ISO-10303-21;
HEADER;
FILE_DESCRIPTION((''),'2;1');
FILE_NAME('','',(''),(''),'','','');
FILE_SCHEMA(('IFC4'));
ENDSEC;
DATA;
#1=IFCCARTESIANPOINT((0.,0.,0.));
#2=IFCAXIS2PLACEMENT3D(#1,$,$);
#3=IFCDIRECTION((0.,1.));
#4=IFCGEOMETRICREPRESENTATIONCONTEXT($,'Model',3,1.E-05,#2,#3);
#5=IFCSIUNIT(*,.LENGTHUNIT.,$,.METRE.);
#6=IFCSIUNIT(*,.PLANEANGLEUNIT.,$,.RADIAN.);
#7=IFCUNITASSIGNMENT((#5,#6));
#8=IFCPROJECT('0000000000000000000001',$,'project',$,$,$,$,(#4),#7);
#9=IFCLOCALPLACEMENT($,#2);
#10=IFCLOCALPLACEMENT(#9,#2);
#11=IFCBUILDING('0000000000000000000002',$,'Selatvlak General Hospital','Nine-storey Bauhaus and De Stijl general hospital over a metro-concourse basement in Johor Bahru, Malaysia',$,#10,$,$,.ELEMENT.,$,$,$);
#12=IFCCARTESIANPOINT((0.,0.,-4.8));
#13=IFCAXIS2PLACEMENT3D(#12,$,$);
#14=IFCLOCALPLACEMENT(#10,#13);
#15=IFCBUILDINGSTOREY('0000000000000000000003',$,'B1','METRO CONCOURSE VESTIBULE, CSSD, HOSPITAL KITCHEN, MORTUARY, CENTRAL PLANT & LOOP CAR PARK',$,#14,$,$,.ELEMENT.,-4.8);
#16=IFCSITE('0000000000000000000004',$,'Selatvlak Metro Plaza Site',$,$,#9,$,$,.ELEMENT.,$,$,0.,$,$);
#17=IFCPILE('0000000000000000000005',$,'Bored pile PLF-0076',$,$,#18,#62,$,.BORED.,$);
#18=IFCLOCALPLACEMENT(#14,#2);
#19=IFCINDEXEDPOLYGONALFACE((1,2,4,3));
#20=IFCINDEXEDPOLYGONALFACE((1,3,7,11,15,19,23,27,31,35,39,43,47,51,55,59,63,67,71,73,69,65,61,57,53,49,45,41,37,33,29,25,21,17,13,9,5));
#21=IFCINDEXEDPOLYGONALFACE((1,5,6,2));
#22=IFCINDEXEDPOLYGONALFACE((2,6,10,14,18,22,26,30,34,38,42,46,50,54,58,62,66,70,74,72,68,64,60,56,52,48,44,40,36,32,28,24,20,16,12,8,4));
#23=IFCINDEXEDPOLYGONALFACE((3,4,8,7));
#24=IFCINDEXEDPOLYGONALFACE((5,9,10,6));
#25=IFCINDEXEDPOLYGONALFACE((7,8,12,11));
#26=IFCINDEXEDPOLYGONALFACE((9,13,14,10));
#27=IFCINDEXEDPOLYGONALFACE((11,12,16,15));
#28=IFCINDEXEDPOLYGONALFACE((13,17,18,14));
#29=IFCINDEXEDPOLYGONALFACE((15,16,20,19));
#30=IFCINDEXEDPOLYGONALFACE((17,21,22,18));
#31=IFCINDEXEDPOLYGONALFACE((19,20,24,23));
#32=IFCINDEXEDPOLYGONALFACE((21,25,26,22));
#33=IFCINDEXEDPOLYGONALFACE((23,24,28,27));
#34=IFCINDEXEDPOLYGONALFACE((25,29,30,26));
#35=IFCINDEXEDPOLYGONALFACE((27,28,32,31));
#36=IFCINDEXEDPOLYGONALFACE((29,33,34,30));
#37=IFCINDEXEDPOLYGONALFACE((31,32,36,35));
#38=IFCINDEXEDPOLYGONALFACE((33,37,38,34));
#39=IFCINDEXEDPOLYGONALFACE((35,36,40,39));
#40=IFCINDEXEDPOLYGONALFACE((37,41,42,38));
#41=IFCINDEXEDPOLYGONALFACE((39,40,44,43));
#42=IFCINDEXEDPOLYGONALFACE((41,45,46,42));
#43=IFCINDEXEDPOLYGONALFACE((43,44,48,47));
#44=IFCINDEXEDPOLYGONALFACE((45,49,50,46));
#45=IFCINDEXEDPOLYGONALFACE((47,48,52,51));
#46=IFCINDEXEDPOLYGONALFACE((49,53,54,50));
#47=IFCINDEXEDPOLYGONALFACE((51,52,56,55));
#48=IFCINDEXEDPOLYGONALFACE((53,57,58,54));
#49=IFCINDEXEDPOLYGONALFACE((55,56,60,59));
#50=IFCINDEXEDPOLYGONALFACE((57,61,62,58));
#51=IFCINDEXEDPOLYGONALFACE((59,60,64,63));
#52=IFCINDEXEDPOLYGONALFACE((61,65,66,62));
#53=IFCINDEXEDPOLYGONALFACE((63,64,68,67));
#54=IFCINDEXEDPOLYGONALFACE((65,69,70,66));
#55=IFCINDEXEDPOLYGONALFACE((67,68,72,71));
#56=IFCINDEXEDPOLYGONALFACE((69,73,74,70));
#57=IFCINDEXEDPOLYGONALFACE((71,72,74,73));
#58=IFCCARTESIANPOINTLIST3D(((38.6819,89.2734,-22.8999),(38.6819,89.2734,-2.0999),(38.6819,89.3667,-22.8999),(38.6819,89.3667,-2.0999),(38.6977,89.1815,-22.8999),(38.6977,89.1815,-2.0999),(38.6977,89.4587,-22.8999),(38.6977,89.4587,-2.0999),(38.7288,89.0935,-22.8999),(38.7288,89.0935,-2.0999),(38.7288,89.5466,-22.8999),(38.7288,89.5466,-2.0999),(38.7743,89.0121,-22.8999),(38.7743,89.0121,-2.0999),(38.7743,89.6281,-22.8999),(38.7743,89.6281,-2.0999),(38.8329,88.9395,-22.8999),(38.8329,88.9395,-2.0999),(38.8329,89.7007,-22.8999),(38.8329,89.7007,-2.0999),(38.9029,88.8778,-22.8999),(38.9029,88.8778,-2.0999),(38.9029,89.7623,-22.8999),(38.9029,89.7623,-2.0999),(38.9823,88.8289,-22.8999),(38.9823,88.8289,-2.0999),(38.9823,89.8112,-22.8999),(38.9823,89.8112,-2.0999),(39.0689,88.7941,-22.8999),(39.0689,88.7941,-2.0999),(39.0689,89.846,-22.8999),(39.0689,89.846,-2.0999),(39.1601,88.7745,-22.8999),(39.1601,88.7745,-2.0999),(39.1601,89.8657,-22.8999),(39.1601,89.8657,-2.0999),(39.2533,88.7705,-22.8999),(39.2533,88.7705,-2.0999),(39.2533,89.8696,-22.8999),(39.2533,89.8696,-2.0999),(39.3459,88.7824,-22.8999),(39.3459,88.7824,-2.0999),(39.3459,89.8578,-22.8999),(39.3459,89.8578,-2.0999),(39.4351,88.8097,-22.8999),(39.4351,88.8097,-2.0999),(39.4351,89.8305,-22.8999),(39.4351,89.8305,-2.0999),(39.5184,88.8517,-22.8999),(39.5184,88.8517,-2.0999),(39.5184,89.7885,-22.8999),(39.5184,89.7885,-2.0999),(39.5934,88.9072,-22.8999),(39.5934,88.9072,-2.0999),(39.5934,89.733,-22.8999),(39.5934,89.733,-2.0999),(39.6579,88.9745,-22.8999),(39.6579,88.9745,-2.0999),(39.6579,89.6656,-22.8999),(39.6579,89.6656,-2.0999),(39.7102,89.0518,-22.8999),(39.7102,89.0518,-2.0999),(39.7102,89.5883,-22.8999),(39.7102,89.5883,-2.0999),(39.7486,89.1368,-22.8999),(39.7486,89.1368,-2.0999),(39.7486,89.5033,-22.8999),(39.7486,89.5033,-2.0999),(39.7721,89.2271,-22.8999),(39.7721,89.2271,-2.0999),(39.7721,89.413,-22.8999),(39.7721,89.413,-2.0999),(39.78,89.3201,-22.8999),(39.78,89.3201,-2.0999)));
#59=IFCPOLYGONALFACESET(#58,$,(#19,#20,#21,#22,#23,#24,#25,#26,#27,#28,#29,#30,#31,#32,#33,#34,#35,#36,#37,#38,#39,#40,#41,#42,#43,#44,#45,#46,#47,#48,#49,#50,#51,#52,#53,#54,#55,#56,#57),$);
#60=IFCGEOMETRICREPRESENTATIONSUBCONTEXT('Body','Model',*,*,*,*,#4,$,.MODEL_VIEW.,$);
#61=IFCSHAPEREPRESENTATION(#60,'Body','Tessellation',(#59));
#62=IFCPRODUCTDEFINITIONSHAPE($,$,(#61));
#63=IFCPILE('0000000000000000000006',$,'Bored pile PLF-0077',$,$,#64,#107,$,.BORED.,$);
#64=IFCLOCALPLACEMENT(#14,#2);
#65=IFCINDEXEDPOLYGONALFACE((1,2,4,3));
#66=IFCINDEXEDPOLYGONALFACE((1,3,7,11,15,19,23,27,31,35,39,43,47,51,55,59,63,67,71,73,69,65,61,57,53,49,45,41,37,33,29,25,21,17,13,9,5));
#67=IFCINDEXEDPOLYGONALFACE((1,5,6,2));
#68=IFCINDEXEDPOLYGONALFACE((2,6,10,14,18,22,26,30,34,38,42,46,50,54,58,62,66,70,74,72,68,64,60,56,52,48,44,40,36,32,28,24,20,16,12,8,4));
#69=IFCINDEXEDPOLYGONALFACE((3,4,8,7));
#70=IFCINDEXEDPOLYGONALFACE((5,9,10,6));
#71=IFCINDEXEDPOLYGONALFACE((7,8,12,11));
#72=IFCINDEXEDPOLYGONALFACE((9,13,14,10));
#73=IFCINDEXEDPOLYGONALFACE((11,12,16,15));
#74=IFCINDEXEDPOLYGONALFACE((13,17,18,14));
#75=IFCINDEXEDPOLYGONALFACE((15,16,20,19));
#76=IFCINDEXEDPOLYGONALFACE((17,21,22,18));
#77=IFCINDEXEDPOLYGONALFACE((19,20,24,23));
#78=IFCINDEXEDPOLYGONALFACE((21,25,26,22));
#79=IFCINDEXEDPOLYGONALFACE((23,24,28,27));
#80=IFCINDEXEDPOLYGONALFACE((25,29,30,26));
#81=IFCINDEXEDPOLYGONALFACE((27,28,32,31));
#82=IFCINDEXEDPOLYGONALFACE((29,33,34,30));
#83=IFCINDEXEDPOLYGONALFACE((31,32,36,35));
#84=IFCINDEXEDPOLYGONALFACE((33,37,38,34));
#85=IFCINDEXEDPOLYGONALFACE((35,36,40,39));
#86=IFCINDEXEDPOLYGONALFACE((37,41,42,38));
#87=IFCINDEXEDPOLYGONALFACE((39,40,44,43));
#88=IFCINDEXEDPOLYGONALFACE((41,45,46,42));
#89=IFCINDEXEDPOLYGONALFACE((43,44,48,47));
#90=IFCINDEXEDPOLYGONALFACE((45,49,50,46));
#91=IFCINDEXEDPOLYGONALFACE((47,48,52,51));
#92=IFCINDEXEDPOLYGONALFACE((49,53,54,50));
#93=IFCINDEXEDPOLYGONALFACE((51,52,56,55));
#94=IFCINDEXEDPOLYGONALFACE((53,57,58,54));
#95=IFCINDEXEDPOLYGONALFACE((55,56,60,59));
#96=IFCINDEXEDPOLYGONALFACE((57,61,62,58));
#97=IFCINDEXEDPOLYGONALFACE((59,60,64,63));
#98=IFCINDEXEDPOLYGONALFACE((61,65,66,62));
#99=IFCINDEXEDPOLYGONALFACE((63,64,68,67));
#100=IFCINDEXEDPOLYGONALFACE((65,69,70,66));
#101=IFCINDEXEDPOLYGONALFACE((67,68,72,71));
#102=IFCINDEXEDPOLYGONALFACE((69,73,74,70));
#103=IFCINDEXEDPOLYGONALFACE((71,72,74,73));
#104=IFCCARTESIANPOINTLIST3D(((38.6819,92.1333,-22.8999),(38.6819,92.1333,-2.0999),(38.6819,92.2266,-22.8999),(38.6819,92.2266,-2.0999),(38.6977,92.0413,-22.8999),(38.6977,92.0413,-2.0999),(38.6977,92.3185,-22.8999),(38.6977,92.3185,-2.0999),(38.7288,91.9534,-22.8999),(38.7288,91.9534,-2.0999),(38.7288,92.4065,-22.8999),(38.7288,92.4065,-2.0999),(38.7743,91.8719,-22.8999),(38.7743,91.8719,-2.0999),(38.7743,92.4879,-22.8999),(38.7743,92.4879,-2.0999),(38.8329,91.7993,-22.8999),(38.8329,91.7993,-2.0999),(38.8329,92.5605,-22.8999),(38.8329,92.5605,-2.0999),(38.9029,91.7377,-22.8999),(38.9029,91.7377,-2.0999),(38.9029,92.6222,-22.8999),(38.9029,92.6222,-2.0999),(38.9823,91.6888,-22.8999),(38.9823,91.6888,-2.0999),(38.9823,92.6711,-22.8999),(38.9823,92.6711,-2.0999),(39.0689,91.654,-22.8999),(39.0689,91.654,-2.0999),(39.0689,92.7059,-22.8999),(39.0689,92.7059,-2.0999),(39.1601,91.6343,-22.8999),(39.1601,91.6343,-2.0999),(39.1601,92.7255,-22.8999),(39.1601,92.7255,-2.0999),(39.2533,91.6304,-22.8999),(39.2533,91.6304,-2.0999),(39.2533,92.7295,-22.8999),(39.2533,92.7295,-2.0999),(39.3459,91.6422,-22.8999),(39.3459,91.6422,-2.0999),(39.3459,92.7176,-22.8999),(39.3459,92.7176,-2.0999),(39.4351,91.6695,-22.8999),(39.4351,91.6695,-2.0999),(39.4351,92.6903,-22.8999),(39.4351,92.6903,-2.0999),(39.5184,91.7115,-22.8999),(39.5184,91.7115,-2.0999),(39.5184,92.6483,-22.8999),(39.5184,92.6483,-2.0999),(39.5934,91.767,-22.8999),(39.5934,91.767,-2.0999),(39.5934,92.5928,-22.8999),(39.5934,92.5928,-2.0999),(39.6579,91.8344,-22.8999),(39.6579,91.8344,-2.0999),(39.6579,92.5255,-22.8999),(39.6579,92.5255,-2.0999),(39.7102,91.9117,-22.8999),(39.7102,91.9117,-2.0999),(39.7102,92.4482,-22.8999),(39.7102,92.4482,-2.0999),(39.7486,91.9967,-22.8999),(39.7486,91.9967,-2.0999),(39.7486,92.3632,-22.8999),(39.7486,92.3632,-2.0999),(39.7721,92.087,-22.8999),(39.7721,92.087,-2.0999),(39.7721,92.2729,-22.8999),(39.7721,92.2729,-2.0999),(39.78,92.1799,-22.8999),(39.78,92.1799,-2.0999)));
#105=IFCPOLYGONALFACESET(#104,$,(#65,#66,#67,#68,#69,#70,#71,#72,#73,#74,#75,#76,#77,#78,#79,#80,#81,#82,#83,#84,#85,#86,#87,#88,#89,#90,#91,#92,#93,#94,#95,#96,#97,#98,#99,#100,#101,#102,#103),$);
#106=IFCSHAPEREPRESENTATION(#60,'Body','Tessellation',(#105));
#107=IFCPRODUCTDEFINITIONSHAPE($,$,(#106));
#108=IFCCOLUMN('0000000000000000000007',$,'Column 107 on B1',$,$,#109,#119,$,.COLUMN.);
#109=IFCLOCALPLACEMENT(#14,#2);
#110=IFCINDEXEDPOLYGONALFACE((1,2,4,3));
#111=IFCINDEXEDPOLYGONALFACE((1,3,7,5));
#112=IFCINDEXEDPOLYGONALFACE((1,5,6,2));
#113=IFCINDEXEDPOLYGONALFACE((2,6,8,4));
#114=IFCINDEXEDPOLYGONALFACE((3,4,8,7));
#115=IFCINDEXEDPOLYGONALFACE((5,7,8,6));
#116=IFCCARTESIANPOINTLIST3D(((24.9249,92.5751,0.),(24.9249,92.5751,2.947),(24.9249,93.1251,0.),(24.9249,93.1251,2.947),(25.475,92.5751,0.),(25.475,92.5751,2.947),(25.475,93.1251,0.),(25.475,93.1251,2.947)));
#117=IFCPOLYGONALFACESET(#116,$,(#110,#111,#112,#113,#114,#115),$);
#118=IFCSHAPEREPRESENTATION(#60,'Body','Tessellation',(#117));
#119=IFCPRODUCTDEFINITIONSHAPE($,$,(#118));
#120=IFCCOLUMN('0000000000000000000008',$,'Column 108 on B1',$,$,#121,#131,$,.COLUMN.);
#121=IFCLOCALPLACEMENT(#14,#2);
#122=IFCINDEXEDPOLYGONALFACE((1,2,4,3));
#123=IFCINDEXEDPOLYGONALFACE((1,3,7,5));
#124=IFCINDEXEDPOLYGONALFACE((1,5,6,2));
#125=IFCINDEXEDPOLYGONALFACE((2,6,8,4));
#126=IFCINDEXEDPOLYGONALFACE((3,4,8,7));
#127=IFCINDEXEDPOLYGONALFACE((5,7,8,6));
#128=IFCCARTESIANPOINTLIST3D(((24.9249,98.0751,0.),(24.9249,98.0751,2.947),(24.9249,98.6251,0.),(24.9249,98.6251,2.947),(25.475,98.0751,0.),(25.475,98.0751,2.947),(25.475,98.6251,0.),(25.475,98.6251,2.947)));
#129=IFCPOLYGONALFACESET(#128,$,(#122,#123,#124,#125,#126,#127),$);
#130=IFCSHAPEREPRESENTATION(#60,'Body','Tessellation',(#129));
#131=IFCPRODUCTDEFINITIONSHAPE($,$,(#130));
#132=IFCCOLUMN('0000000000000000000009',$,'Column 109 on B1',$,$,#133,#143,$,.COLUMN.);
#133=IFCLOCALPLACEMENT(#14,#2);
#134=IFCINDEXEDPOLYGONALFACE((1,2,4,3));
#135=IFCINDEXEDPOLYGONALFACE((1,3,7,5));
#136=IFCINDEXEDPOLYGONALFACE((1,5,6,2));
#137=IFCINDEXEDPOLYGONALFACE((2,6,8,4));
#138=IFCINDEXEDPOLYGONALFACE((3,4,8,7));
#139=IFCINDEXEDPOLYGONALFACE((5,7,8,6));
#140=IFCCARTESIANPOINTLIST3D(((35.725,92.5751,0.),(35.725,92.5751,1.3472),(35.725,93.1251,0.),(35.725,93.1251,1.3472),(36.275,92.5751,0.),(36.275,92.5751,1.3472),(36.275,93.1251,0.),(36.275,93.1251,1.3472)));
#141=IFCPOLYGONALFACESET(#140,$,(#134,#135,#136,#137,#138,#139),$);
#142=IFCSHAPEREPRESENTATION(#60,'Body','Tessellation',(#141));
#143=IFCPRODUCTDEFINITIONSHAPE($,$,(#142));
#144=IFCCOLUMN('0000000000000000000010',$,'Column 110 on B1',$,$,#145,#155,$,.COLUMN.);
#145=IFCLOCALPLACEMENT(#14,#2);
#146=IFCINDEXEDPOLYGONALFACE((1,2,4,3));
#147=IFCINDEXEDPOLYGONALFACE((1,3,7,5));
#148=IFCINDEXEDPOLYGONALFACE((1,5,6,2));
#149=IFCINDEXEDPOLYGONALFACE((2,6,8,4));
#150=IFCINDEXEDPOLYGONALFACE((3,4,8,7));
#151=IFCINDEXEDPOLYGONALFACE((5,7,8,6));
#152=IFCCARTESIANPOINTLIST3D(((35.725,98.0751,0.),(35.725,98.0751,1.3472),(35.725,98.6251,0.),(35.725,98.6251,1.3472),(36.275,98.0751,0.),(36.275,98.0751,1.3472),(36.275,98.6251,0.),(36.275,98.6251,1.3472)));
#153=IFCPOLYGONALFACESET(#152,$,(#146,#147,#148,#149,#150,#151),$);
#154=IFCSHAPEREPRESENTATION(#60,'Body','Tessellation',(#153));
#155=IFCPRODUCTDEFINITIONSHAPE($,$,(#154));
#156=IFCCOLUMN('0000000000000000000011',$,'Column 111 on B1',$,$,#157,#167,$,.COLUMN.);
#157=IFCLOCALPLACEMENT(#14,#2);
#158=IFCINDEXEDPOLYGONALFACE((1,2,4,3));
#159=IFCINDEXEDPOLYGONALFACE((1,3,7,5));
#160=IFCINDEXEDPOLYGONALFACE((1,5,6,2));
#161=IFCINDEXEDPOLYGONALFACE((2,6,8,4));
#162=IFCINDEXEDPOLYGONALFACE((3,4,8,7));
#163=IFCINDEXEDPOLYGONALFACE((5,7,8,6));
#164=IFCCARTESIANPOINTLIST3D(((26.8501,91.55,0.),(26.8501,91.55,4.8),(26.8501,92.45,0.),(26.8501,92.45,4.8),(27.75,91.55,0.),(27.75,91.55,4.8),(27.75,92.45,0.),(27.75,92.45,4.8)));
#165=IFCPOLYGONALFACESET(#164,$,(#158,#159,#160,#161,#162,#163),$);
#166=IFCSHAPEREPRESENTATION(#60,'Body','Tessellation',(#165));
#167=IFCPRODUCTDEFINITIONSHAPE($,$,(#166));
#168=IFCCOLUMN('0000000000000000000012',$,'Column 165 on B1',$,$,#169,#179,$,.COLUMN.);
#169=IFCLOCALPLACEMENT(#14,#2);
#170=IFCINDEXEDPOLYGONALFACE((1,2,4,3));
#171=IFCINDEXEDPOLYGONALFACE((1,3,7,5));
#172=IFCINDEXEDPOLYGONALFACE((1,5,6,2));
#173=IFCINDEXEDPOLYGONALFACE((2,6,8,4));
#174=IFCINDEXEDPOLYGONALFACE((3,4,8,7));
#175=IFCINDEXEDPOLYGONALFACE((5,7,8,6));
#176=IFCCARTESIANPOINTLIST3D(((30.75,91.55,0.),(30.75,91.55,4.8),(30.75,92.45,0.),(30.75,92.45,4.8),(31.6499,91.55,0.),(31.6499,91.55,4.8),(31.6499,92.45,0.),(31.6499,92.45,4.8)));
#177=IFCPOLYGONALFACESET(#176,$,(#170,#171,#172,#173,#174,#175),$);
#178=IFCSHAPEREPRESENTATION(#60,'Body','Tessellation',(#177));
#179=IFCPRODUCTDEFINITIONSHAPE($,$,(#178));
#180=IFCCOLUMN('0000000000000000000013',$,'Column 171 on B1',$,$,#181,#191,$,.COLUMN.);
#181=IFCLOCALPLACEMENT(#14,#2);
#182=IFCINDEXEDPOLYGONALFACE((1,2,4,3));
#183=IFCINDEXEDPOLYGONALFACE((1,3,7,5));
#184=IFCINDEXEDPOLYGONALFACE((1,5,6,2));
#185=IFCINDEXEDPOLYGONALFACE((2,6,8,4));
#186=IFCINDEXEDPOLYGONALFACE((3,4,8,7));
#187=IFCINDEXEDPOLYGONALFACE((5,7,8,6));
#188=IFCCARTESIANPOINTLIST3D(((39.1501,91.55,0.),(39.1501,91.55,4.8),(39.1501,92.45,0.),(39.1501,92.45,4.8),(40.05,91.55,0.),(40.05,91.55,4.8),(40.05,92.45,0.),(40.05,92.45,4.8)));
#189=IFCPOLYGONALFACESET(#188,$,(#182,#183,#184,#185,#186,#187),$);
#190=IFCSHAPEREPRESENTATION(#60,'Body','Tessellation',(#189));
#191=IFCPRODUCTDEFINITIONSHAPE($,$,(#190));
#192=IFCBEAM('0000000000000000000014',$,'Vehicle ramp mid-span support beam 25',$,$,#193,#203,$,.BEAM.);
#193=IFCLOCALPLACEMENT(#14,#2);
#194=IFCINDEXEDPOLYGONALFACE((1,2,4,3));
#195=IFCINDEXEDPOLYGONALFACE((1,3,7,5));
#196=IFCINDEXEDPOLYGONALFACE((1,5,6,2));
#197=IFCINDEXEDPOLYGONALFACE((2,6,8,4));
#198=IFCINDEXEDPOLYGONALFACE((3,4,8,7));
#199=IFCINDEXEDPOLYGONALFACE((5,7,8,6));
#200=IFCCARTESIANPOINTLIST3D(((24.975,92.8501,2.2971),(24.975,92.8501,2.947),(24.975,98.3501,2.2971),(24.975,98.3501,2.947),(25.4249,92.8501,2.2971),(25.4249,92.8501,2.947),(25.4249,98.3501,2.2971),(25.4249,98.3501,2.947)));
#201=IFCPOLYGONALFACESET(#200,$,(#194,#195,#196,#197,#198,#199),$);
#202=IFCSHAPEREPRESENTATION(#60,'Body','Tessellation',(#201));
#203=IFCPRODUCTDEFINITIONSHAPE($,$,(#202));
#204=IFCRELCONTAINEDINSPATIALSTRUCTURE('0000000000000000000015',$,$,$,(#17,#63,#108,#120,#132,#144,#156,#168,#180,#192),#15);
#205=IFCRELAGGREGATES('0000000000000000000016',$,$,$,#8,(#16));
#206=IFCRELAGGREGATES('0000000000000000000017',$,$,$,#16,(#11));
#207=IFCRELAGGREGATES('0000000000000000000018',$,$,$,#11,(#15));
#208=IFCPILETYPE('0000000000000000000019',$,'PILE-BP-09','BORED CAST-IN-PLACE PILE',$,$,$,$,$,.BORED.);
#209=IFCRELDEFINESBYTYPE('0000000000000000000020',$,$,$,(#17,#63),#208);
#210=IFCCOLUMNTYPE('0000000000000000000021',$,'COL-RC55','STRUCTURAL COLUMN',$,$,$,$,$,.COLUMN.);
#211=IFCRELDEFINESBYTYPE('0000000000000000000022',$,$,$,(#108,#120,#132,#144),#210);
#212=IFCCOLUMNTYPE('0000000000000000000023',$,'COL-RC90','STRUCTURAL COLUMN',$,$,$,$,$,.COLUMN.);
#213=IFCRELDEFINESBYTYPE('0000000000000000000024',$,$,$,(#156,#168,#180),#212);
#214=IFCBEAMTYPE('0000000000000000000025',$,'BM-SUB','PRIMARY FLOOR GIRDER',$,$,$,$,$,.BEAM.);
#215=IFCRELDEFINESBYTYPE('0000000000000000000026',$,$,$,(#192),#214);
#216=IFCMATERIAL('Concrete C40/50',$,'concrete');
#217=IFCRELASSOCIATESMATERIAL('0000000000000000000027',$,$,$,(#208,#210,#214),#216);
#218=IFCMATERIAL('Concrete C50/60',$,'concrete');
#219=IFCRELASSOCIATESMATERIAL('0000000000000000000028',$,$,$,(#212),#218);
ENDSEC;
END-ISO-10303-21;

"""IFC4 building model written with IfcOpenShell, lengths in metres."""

from ifc_helpers import new_model, si_unit, direction, frame, origin, origin_2d, place, context, subcontext, project, spatial, rectangle, circle, extrude, material, material_profile, profile_set, type_object, element, save


model = new_model("IFC4")

# Units and contexts
model_context = context("Model", 3, precision=1e-05, world=origin(), true_north=direction((0.0, 1.0)))
body_context = subcontext(model_context, "Body", "Model", "MODEL_VIEW")
ifc_project = project(units=[si_unit("LENGTHUNIT", "METRE"), si_unit("PLANEANGLEUNIT", "RADIAN")], contexts=[model_context])

# Site, building, storey
site_placement = place(None, origin())
site = spatial("IfcSite", under=ifc_project, at=site_placement, Name="Selatvlak Metro Plaza Site", CompositionType="ELEMENT", RefElevation=0.0)
building_placement = place(site_placement, origin())
building = spatial("IfcBuilding", under=site, at=building_placement, Name="Selatvlak General Hospital", Description="Nine-storey Bauhaus and De Stijl general hospital over a metro-concourse basement in Johor Bahru, Malaysia", CompositionType="ELEMENT")
storey_placement = place(building_placement, frame((0.0, 0.0, -4.8)))
storey = spatial("IfcBuildingStorey", under=building, at=storey_placement, Name="B1", Description="METRO CONCOURSE VESTIBULE, CSSD, HOSPITAL KITCHEN, MORTUARY, CENTRAL PLANT & LOOP CAR PARK", CompositionType="ELEMENT", Elevation=-4.8)

# Shared definitions
ifc_material_1 = material(Name="Concrete C40/50", Category="concrete")

# Piles
ifc_material_profile_1 = material_profile(ifc_material_1, circle(Radius=0.55, at=origin_2d()), Name="BORED PILE 1100")
ifc_profile_set_1 = profile_set([ifc_material_profile_1], Name="Concrete C40/50")
pile_type_1 = type_object("IfcPileType", Name="PILE-BP-09", Description="BORED CAST-IN-PLACE PILE", PredefinedType="BORED", material=ifc_profile_set_1)
for number, where, z_axis, x_axis, name in (
    (1, (39.23, 89.3201, -2.0999), (0.0, 0.0, -1.0), (1.0, 0.0, 0.0), "Bored pile PLF-0076"),
    (2, (39.23, 92.1799, -2.0999), (0.0, 0.0, -1.0), (1.0, 0.0, 0.0), "Bored pile PLF-0077"),
):
    element("IfcPile", number, at=place(storey_placement, frame(where, z_axis=z_axis, x_axis=x_axis)), inside=storey, type_object=pile_type_1, Name=name, PredefinedType="BORED", context=body_context, shape_type="SweptSolid", body=[
        extrude(circle(Radius=0.55, at=origin_2d()), origin(), (0.0, 0.0, 1.0), 20.8),
    ])

# Columns
ifc_material_profile_2 = material_profile(ifc_material_1, rectangle(XDim=0.55, YDim=0.55, at=origin_2d()), Name="RC-COL 550x550")
ifc_profile_set_2 = profile_set([ifc_material_profile_2], Name="Concrete C40/50")
column_type_1 = type_object("IfcColumnType", Name="COL-RC55", Description="STRUCTURAL COLUMN", PredefinedType="COLUMN", material=ifc_profile_set_2)
for number, where, z_axis, x_axis, name in (
    (3, (25.2, 92.8501, 0.0), (0.0, 0.0, 1.0), (1.0, 0.0, 0.0), "Column 107 on B1"),
    (4, (25.2, 98.3501, 0.0), (0.0, 0.0, 1.0), (1.0, 0.0, 0.0), "Column 108 on B1"),
):
    element("IfcColumn", number, at=place(storey_placement, frame(where, z_axis=z_axis, x_axis=x_axis)), inside=storey, type_object=column_type_1, Name=name, PredefinedType="COLUMN", context=body_context, shape_type="SweptSolid", body=[
        extrude(rectangle(XDim=0.55, YDim=0.55, at=origin_2d()), origin(), (0.0, 0.0, 1.0), 2.947),
    ])
for number, where, z_axis, x_axis, name in (
    (5, (36.0, 92.8501, 0.0), (0.0, 0.0, 1.0), (1.0, 0.0, 0.0), "Column 109 on B1"),
    (6, (36.0, 98.3501, 0.0), (0.0, 0.0, 1.0), (1.0, 0.0, 0.0), "Column 110 on B1"),
):
    element("IfcColumn", number, at=place(storey_placement, frame(where, z_axis=z_axis, x_axis=x_axis)), inside=storey, type_object=column_type_1, Name=name, PredefinedType="COLUMN", context=body_context, shape_type="SweptSolid", body=[
        extrude(rectangle(XDim=0.55, YDim=0.55, at=origin_2d()), origin(), (0.0, 0.0, 1.0), 1.3472),
    ])
ifc_material_2 = material(Name="Concrete C50/60", Category="concrete")
ifc_material_profile_3 = material_profile(ifc_material_2, rectangle(XDim=0.8999, YDim=0.8999, at=origin_2d()), Name="RC-COL 900x900")
ifc_profile_set_3 = profile_set([ifc_material_profile_3], Name="Concrete C50/60")
column_type_2 = type_object("IfcColumnType", Name="COL-RC90", Description="STRUCTURAL COLUMN", PredefinedType="COLUMN", material=ifc_profile_set_3)
for number, where, z_axis, x_axis, name in (
    (7, (27.3, 92.0, 0.0), (0.0, 0.0, 1.0), (1.0, 0.0, 0.0), "Column 111 on B1"),
    (8, (31.2, 92.0, 0.0), (0.0, 0.0, 1.0), (1.0, 0.0, 0.0), "Column 165 on B1"),
    (9, (39.6001, 92.0, 0.0), (0.0, 0.0, 1.0), (1.0, 0.0, 0.0), "Column 171 on B1"),
):
    element("IfcColumn", number, at=place(storey_placement, frame(where, z_axis=z_axis, x_axis=x_axis)), inside=storey, type_object=column_type_2, Name=name, PredefinedType="COLUMN", context=body_context, shape_type="SweptSolid", body=[
        extrude(rectangle(XDim=0.8999, YDim=0.8999, at=origin_2d()), origin(), (0.0, 0.0, 1.0), 4.8),
    ])

# Beam
ifc_material_profile_4 = material_profile(ifc_material_1, rectangle(XDim=0.45, YDim=0.6499, at=origin_2d()), Name="RC-BM 450x650")
ifc_profile_set_4 = profile_set([ifc_material_profile_4], Name="Concrete C40/50")
beam_type = type_object("IfcBeamType", Name="BM-SUB", Description="PRIMARY FLOOR GIRDER", PredefinedType="BEAM", material=ifc_profile_set_4)
for number, where, z_axis, x_axis, name in (
    (10, (25.2, 92.8501, 2.6221), (0.0, 1.0, 0.0), (-1.0, 0.0, 0.0), "Vehicle ramp mid-span support beam 25"),
):
    element("IfcBeam", number, at=place(storey_placement, frame(where, z_axis=z_axis, x_axis=x_axis)), inside=storey, type_object=beam_type, Name=name, PredefinedType="BEAM", context=body_context, shape_type="SweptSolid", body=[
        extrude(rectangle(XDim=0.45, YDim=0.6499, at=origin_2d()), origin(), (0.0, 0.0, 1.0), 5.5),
    ])

save(model, "model.ifc")
